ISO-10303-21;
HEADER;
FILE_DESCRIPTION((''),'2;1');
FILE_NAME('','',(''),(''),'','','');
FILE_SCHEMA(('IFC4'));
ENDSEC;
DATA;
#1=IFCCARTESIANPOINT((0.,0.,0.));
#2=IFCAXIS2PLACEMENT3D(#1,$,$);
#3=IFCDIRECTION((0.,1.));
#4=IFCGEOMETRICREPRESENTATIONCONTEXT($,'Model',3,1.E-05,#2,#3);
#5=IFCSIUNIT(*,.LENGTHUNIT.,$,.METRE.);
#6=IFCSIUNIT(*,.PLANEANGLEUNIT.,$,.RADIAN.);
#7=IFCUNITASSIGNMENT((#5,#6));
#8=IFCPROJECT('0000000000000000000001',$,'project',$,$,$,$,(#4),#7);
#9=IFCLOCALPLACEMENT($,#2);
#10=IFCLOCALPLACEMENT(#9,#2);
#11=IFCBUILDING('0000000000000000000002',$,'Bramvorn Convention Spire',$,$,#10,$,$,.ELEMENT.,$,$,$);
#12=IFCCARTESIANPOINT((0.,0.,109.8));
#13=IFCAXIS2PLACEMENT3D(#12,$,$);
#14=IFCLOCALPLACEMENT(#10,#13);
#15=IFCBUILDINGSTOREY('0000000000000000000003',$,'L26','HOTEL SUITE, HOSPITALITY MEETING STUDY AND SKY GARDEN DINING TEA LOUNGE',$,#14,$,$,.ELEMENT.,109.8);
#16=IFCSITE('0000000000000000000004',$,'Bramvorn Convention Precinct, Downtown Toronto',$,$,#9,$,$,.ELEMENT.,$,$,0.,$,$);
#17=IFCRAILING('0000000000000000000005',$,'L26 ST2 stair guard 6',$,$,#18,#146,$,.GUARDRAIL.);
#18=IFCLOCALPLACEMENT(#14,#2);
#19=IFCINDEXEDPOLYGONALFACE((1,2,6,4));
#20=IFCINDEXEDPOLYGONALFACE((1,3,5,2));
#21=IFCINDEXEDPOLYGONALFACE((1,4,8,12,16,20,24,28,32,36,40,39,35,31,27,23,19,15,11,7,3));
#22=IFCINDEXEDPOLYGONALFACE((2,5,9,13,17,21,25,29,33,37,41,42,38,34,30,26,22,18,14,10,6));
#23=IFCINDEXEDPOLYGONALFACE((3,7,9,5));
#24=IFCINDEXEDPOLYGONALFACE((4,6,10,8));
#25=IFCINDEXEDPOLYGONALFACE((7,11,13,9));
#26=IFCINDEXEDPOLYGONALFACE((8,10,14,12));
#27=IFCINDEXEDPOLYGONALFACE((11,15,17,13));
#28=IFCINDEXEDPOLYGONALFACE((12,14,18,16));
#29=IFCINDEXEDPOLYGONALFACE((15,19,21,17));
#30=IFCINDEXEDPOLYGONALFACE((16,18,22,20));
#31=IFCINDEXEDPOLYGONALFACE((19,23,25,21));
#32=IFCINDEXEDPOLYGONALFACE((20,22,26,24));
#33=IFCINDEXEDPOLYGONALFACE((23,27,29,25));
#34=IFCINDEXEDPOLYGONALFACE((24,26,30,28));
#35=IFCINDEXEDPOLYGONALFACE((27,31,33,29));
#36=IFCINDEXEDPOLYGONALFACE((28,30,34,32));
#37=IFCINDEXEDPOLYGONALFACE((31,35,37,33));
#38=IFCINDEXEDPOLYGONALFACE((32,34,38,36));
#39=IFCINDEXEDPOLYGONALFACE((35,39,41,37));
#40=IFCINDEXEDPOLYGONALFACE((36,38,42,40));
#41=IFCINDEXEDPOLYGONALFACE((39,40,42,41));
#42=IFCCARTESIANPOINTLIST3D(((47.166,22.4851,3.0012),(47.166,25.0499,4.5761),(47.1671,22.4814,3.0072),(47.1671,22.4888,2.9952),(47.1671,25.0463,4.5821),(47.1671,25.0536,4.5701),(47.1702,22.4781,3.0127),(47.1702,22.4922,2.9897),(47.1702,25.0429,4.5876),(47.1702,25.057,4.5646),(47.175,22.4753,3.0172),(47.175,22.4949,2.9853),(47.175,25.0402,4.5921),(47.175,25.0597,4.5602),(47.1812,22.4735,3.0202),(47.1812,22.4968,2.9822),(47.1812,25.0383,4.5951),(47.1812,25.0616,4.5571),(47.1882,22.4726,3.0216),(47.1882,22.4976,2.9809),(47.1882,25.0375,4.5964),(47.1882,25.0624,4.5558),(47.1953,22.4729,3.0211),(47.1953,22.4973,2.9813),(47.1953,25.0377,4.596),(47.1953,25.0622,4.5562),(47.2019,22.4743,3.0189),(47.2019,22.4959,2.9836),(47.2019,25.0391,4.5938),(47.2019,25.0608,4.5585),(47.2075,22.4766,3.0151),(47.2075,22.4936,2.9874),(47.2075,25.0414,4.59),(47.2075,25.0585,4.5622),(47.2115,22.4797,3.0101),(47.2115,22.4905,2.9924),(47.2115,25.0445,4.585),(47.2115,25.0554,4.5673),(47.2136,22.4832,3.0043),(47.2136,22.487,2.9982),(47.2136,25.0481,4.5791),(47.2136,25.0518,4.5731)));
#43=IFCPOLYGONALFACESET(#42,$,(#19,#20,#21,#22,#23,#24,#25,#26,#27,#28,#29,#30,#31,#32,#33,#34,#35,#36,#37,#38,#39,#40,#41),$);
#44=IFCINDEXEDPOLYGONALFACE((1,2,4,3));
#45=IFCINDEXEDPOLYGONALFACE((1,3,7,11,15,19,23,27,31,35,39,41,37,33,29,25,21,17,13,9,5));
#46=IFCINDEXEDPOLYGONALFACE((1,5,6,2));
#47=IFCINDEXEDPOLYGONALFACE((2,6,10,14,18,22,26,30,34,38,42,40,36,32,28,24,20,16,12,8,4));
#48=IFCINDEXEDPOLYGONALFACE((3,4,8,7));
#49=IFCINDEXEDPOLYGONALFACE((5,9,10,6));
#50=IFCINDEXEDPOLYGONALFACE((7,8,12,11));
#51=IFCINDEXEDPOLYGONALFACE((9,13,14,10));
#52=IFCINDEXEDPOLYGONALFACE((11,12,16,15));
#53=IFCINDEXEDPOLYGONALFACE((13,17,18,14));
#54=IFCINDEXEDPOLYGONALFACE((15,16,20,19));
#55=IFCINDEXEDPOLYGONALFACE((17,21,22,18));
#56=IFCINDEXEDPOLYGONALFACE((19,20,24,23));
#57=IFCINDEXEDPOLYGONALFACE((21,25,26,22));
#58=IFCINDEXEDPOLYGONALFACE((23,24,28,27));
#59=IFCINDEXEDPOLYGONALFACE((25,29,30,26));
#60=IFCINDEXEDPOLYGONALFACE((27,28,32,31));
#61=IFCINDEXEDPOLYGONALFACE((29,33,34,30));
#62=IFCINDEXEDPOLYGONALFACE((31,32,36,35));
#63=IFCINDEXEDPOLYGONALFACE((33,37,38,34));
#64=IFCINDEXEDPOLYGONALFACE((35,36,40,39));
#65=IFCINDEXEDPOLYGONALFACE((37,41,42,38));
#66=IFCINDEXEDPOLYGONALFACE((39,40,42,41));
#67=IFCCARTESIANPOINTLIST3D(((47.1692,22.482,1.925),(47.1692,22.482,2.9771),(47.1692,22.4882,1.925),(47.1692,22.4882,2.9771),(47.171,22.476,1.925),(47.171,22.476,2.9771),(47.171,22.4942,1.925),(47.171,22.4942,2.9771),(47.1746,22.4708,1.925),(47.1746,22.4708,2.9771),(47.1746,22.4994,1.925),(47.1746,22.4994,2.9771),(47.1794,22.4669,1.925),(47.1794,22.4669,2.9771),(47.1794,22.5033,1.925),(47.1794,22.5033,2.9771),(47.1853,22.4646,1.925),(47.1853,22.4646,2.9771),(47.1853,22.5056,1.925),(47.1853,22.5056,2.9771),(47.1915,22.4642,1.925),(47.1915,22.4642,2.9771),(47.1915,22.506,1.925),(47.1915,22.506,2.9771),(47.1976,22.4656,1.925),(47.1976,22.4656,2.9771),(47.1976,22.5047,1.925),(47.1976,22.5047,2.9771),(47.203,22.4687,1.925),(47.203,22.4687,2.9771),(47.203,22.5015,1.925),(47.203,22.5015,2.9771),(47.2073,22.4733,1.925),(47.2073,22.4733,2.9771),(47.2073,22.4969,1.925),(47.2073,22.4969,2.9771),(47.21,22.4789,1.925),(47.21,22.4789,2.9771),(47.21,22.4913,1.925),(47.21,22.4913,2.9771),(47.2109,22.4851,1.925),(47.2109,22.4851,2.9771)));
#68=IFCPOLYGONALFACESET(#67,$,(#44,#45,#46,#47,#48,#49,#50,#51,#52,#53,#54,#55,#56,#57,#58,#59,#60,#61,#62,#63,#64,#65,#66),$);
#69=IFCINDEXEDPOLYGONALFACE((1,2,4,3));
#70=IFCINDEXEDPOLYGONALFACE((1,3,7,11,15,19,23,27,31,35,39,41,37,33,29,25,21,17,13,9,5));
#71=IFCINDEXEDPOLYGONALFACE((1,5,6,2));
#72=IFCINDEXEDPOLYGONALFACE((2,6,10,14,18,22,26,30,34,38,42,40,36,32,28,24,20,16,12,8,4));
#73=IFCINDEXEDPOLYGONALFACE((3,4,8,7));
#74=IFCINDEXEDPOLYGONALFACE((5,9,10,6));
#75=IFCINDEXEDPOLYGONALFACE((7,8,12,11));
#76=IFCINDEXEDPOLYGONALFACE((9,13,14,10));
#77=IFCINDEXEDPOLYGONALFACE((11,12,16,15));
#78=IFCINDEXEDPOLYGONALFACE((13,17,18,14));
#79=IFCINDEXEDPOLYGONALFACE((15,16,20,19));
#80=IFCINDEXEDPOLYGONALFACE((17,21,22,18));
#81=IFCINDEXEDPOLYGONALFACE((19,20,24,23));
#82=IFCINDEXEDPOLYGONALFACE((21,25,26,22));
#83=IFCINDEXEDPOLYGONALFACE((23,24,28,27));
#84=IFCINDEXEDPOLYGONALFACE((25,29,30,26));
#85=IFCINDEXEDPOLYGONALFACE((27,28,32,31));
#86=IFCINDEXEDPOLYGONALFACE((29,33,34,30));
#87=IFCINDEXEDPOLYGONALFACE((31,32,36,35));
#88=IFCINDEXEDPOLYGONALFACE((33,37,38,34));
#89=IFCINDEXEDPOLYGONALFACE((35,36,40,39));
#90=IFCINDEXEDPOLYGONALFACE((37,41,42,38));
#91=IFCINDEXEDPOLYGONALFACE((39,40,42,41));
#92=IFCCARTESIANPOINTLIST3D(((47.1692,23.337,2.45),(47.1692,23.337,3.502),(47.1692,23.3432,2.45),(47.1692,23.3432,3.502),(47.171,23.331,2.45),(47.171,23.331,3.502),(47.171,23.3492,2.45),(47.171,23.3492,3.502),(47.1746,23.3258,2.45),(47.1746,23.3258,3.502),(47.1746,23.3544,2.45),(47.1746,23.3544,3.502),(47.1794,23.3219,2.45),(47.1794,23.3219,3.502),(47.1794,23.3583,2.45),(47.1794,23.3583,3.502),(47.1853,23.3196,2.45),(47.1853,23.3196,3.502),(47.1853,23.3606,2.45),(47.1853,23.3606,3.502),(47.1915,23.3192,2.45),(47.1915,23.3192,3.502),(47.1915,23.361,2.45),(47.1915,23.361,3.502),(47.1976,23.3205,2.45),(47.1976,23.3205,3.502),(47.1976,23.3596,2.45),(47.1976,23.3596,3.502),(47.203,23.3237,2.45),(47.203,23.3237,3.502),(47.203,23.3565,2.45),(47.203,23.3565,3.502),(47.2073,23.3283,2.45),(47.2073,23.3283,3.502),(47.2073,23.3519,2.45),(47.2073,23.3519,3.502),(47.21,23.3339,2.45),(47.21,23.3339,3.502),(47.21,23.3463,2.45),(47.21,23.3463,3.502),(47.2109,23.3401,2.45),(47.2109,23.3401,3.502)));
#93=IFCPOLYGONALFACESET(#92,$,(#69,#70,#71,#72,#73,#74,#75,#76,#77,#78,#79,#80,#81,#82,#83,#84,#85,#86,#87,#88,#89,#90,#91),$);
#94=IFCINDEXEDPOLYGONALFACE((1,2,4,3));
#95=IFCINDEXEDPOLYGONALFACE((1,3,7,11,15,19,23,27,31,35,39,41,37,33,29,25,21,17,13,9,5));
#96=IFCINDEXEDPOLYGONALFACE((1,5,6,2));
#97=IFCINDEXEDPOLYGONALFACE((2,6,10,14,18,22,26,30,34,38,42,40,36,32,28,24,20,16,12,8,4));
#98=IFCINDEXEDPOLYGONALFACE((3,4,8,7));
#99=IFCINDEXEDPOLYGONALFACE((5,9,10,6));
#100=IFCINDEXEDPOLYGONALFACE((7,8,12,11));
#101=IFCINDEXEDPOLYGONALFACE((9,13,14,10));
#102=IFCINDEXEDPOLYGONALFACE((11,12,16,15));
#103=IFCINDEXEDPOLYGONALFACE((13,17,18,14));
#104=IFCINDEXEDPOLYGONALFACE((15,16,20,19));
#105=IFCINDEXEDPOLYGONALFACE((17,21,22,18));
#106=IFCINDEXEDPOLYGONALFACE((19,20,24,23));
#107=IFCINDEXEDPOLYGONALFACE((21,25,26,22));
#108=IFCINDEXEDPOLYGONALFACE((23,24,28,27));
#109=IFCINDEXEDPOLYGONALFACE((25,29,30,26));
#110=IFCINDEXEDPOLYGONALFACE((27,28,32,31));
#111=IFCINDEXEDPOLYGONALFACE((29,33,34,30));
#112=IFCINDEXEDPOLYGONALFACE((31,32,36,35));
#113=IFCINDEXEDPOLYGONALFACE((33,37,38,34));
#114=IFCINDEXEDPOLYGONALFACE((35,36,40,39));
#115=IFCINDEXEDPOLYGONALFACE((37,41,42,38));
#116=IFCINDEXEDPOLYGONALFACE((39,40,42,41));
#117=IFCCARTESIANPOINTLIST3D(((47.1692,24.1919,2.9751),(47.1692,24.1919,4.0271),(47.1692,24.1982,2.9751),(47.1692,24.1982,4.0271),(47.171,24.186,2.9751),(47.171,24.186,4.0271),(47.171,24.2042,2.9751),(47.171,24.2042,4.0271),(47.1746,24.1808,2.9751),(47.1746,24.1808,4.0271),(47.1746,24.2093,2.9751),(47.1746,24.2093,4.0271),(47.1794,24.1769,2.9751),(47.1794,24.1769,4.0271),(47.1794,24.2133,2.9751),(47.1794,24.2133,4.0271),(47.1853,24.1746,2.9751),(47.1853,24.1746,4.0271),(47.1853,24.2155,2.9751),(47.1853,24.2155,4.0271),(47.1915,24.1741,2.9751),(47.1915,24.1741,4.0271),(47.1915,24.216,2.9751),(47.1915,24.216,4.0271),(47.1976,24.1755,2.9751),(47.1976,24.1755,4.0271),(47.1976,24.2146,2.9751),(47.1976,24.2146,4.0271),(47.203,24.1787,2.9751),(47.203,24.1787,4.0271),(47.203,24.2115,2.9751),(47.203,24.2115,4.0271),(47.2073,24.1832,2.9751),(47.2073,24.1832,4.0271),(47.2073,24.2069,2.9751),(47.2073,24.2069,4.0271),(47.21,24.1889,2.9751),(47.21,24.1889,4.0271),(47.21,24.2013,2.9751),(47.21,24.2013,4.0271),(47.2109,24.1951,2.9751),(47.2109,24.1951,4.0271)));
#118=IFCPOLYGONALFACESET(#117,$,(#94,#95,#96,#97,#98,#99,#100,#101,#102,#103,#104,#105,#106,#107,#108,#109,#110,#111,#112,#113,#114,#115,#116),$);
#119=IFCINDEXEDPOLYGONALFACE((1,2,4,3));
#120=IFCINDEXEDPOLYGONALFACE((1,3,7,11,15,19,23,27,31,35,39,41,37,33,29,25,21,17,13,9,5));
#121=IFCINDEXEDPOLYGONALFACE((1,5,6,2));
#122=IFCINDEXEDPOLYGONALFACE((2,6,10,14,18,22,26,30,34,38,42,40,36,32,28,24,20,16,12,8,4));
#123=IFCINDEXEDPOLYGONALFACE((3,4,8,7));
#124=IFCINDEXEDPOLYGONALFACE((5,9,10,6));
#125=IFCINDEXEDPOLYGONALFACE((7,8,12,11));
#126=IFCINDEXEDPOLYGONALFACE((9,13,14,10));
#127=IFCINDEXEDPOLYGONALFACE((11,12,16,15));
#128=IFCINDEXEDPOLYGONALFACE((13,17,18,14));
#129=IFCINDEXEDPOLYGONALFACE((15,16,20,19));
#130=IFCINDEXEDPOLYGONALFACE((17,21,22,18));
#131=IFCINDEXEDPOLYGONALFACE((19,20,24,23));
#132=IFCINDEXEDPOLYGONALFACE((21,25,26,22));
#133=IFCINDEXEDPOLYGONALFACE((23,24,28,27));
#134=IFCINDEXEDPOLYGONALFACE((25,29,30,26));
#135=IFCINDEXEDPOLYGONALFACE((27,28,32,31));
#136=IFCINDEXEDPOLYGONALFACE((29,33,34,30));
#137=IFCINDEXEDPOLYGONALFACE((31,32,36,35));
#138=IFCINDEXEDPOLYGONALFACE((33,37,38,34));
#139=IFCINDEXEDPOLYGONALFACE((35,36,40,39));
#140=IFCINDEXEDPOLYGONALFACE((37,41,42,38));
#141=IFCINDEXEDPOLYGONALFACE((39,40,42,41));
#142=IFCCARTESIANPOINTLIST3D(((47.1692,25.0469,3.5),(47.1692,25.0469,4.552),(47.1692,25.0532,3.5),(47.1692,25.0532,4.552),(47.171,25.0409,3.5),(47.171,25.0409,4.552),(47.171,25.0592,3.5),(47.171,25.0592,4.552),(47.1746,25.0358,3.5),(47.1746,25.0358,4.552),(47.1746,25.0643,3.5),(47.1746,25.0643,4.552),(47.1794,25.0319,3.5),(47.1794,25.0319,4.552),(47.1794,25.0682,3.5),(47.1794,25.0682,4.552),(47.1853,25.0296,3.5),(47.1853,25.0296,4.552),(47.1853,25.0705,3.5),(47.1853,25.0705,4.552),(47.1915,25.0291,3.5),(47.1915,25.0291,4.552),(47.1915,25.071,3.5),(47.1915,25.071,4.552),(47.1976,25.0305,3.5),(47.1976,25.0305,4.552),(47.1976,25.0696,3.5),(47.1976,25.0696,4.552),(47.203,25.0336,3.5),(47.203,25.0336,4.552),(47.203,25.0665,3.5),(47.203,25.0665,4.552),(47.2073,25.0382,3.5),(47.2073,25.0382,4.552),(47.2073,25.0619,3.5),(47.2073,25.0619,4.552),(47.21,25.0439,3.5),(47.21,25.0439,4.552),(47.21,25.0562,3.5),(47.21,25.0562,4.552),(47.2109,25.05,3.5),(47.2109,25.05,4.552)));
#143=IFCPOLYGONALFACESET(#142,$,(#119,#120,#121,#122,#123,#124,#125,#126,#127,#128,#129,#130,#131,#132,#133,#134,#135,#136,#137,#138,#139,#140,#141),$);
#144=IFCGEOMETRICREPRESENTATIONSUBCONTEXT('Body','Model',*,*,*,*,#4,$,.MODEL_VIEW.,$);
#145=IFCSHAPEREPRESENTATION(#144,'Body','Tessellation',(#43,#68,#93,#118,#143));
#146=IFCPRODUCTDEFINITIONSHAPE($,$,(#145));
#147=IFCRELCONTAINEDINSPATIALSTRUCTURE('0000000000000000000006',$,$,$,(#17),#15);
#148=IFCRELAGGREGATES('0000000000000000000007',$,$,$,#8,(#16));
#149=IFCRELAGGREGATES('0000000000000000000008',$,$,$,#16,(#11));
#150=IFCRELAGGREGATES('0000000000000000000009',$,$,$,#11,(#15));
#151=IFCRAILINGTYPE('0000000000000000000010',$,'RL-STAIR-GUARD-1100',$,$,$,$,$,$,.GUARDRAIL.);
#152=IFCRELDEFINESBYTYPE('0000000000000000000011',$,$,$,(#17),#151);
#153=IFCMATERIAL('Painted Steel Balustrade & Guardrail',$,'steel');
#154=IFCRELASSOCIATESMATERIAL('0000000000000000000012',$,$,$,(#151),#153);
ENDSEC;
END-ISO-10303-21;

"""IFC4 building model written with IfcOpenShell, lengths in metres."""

from ifc_helpers import new_model, si_unit, direction, frame, origin, origin_2d, place, context, subcontext, project, spatial, circle, extrude, material, type_object, element, save


model = new_model("IFC4")

# Units and contexts
model_context = context("Model", 3, precision=1e-05, world=origin(), true_north=direction((0.0, 1.0)))
body_context = subcontext(model_context, "Body", "Model", "MODEL_VIEW")
ifc_project = project(units=[si_unit("LENGTHUNIT", "METRE"), si_unit("PLANEANGLEUNIT", "RADIAN")], contexts=[model_context])

# Site, building, storey
site_placement = place(None, origin())
site = spatial("IfcSite", under=ifc_project, at=site_placement, Name="Bramvorn Convention Precinct, Downtown Toronto", CompositionType="ELEMENT", RefElevation=0.0)
building_placement = place(site_placement, origin())
building = spatial("IfcBuilding", under=site, at=building_placement, Name="Bramvorn Convention Spire", CompositionType="ELEMENT")
storey_placement = place(building_placement, frame((0.0, 0.0, 109.8)))
storey = spatial("IfcBuildingStorey", under=building, at=storey_placement, Name="L26", Description="HOTEL SUITE, HOSPITALITY MEETING STUDY AND SKY GARDEN DINING TEA LOUNGE", CompositionType="ELEMENT", Elevation=109.8)

# Railing
ifc_material_1 = material(Name="Painted Steel Balustrade & Guardrail", Category="steel")
railing_type_1 = type_object("IfcRailingType", Name="RL-STAIR-GUARD-1100", PredefinedType="GUARDRAIL", material=ifc_material_1)
railing_1_placement = place(storey_placement, frame((47.1899, 22.4851, 1.925)))
element("IfcRailing", 1, at=railing_1_placement, inside=storey, type_object=railing_type_1, Name="L26 ST2 stair guard 6", PredefinedType="GUARDRAIL", context=body_context, shape_type="SweptSolid", body=[
    extrude(circle(Radius=0.0239, at=origin_2d()), frame((0.0, 0.0, 1.0762), z_axis=(0.0, 0.852173, 0.52326), x_axis=(-1.0, 0.0, 0.0)), (0.0, 0.0, 1.0), 3.0098),
    extrude(circle(Radius=0.021, at=origin_2d()), origin(), (0.0, 0.0, 1.0), 1.052),
    extrude(circle(Radius=0.021, at=origin_2d()), frame((0.0, 0.855, 0.5249)), (0.0, 0.0, 1.0), 1.052),
    extrude(circle(Radius=0.021, at=origin_2d()), frame((0.0, 1.71, 1.05)), (0.0, 0.0, 1.0), 1.052),
    extrude(circle(Radius=0.021, at=origin_2d()), frame((0.0, 2.5649, 1.575)), (0.0, 0.0, 1.0), 1.052),
])

save(model, "model.ifc")
